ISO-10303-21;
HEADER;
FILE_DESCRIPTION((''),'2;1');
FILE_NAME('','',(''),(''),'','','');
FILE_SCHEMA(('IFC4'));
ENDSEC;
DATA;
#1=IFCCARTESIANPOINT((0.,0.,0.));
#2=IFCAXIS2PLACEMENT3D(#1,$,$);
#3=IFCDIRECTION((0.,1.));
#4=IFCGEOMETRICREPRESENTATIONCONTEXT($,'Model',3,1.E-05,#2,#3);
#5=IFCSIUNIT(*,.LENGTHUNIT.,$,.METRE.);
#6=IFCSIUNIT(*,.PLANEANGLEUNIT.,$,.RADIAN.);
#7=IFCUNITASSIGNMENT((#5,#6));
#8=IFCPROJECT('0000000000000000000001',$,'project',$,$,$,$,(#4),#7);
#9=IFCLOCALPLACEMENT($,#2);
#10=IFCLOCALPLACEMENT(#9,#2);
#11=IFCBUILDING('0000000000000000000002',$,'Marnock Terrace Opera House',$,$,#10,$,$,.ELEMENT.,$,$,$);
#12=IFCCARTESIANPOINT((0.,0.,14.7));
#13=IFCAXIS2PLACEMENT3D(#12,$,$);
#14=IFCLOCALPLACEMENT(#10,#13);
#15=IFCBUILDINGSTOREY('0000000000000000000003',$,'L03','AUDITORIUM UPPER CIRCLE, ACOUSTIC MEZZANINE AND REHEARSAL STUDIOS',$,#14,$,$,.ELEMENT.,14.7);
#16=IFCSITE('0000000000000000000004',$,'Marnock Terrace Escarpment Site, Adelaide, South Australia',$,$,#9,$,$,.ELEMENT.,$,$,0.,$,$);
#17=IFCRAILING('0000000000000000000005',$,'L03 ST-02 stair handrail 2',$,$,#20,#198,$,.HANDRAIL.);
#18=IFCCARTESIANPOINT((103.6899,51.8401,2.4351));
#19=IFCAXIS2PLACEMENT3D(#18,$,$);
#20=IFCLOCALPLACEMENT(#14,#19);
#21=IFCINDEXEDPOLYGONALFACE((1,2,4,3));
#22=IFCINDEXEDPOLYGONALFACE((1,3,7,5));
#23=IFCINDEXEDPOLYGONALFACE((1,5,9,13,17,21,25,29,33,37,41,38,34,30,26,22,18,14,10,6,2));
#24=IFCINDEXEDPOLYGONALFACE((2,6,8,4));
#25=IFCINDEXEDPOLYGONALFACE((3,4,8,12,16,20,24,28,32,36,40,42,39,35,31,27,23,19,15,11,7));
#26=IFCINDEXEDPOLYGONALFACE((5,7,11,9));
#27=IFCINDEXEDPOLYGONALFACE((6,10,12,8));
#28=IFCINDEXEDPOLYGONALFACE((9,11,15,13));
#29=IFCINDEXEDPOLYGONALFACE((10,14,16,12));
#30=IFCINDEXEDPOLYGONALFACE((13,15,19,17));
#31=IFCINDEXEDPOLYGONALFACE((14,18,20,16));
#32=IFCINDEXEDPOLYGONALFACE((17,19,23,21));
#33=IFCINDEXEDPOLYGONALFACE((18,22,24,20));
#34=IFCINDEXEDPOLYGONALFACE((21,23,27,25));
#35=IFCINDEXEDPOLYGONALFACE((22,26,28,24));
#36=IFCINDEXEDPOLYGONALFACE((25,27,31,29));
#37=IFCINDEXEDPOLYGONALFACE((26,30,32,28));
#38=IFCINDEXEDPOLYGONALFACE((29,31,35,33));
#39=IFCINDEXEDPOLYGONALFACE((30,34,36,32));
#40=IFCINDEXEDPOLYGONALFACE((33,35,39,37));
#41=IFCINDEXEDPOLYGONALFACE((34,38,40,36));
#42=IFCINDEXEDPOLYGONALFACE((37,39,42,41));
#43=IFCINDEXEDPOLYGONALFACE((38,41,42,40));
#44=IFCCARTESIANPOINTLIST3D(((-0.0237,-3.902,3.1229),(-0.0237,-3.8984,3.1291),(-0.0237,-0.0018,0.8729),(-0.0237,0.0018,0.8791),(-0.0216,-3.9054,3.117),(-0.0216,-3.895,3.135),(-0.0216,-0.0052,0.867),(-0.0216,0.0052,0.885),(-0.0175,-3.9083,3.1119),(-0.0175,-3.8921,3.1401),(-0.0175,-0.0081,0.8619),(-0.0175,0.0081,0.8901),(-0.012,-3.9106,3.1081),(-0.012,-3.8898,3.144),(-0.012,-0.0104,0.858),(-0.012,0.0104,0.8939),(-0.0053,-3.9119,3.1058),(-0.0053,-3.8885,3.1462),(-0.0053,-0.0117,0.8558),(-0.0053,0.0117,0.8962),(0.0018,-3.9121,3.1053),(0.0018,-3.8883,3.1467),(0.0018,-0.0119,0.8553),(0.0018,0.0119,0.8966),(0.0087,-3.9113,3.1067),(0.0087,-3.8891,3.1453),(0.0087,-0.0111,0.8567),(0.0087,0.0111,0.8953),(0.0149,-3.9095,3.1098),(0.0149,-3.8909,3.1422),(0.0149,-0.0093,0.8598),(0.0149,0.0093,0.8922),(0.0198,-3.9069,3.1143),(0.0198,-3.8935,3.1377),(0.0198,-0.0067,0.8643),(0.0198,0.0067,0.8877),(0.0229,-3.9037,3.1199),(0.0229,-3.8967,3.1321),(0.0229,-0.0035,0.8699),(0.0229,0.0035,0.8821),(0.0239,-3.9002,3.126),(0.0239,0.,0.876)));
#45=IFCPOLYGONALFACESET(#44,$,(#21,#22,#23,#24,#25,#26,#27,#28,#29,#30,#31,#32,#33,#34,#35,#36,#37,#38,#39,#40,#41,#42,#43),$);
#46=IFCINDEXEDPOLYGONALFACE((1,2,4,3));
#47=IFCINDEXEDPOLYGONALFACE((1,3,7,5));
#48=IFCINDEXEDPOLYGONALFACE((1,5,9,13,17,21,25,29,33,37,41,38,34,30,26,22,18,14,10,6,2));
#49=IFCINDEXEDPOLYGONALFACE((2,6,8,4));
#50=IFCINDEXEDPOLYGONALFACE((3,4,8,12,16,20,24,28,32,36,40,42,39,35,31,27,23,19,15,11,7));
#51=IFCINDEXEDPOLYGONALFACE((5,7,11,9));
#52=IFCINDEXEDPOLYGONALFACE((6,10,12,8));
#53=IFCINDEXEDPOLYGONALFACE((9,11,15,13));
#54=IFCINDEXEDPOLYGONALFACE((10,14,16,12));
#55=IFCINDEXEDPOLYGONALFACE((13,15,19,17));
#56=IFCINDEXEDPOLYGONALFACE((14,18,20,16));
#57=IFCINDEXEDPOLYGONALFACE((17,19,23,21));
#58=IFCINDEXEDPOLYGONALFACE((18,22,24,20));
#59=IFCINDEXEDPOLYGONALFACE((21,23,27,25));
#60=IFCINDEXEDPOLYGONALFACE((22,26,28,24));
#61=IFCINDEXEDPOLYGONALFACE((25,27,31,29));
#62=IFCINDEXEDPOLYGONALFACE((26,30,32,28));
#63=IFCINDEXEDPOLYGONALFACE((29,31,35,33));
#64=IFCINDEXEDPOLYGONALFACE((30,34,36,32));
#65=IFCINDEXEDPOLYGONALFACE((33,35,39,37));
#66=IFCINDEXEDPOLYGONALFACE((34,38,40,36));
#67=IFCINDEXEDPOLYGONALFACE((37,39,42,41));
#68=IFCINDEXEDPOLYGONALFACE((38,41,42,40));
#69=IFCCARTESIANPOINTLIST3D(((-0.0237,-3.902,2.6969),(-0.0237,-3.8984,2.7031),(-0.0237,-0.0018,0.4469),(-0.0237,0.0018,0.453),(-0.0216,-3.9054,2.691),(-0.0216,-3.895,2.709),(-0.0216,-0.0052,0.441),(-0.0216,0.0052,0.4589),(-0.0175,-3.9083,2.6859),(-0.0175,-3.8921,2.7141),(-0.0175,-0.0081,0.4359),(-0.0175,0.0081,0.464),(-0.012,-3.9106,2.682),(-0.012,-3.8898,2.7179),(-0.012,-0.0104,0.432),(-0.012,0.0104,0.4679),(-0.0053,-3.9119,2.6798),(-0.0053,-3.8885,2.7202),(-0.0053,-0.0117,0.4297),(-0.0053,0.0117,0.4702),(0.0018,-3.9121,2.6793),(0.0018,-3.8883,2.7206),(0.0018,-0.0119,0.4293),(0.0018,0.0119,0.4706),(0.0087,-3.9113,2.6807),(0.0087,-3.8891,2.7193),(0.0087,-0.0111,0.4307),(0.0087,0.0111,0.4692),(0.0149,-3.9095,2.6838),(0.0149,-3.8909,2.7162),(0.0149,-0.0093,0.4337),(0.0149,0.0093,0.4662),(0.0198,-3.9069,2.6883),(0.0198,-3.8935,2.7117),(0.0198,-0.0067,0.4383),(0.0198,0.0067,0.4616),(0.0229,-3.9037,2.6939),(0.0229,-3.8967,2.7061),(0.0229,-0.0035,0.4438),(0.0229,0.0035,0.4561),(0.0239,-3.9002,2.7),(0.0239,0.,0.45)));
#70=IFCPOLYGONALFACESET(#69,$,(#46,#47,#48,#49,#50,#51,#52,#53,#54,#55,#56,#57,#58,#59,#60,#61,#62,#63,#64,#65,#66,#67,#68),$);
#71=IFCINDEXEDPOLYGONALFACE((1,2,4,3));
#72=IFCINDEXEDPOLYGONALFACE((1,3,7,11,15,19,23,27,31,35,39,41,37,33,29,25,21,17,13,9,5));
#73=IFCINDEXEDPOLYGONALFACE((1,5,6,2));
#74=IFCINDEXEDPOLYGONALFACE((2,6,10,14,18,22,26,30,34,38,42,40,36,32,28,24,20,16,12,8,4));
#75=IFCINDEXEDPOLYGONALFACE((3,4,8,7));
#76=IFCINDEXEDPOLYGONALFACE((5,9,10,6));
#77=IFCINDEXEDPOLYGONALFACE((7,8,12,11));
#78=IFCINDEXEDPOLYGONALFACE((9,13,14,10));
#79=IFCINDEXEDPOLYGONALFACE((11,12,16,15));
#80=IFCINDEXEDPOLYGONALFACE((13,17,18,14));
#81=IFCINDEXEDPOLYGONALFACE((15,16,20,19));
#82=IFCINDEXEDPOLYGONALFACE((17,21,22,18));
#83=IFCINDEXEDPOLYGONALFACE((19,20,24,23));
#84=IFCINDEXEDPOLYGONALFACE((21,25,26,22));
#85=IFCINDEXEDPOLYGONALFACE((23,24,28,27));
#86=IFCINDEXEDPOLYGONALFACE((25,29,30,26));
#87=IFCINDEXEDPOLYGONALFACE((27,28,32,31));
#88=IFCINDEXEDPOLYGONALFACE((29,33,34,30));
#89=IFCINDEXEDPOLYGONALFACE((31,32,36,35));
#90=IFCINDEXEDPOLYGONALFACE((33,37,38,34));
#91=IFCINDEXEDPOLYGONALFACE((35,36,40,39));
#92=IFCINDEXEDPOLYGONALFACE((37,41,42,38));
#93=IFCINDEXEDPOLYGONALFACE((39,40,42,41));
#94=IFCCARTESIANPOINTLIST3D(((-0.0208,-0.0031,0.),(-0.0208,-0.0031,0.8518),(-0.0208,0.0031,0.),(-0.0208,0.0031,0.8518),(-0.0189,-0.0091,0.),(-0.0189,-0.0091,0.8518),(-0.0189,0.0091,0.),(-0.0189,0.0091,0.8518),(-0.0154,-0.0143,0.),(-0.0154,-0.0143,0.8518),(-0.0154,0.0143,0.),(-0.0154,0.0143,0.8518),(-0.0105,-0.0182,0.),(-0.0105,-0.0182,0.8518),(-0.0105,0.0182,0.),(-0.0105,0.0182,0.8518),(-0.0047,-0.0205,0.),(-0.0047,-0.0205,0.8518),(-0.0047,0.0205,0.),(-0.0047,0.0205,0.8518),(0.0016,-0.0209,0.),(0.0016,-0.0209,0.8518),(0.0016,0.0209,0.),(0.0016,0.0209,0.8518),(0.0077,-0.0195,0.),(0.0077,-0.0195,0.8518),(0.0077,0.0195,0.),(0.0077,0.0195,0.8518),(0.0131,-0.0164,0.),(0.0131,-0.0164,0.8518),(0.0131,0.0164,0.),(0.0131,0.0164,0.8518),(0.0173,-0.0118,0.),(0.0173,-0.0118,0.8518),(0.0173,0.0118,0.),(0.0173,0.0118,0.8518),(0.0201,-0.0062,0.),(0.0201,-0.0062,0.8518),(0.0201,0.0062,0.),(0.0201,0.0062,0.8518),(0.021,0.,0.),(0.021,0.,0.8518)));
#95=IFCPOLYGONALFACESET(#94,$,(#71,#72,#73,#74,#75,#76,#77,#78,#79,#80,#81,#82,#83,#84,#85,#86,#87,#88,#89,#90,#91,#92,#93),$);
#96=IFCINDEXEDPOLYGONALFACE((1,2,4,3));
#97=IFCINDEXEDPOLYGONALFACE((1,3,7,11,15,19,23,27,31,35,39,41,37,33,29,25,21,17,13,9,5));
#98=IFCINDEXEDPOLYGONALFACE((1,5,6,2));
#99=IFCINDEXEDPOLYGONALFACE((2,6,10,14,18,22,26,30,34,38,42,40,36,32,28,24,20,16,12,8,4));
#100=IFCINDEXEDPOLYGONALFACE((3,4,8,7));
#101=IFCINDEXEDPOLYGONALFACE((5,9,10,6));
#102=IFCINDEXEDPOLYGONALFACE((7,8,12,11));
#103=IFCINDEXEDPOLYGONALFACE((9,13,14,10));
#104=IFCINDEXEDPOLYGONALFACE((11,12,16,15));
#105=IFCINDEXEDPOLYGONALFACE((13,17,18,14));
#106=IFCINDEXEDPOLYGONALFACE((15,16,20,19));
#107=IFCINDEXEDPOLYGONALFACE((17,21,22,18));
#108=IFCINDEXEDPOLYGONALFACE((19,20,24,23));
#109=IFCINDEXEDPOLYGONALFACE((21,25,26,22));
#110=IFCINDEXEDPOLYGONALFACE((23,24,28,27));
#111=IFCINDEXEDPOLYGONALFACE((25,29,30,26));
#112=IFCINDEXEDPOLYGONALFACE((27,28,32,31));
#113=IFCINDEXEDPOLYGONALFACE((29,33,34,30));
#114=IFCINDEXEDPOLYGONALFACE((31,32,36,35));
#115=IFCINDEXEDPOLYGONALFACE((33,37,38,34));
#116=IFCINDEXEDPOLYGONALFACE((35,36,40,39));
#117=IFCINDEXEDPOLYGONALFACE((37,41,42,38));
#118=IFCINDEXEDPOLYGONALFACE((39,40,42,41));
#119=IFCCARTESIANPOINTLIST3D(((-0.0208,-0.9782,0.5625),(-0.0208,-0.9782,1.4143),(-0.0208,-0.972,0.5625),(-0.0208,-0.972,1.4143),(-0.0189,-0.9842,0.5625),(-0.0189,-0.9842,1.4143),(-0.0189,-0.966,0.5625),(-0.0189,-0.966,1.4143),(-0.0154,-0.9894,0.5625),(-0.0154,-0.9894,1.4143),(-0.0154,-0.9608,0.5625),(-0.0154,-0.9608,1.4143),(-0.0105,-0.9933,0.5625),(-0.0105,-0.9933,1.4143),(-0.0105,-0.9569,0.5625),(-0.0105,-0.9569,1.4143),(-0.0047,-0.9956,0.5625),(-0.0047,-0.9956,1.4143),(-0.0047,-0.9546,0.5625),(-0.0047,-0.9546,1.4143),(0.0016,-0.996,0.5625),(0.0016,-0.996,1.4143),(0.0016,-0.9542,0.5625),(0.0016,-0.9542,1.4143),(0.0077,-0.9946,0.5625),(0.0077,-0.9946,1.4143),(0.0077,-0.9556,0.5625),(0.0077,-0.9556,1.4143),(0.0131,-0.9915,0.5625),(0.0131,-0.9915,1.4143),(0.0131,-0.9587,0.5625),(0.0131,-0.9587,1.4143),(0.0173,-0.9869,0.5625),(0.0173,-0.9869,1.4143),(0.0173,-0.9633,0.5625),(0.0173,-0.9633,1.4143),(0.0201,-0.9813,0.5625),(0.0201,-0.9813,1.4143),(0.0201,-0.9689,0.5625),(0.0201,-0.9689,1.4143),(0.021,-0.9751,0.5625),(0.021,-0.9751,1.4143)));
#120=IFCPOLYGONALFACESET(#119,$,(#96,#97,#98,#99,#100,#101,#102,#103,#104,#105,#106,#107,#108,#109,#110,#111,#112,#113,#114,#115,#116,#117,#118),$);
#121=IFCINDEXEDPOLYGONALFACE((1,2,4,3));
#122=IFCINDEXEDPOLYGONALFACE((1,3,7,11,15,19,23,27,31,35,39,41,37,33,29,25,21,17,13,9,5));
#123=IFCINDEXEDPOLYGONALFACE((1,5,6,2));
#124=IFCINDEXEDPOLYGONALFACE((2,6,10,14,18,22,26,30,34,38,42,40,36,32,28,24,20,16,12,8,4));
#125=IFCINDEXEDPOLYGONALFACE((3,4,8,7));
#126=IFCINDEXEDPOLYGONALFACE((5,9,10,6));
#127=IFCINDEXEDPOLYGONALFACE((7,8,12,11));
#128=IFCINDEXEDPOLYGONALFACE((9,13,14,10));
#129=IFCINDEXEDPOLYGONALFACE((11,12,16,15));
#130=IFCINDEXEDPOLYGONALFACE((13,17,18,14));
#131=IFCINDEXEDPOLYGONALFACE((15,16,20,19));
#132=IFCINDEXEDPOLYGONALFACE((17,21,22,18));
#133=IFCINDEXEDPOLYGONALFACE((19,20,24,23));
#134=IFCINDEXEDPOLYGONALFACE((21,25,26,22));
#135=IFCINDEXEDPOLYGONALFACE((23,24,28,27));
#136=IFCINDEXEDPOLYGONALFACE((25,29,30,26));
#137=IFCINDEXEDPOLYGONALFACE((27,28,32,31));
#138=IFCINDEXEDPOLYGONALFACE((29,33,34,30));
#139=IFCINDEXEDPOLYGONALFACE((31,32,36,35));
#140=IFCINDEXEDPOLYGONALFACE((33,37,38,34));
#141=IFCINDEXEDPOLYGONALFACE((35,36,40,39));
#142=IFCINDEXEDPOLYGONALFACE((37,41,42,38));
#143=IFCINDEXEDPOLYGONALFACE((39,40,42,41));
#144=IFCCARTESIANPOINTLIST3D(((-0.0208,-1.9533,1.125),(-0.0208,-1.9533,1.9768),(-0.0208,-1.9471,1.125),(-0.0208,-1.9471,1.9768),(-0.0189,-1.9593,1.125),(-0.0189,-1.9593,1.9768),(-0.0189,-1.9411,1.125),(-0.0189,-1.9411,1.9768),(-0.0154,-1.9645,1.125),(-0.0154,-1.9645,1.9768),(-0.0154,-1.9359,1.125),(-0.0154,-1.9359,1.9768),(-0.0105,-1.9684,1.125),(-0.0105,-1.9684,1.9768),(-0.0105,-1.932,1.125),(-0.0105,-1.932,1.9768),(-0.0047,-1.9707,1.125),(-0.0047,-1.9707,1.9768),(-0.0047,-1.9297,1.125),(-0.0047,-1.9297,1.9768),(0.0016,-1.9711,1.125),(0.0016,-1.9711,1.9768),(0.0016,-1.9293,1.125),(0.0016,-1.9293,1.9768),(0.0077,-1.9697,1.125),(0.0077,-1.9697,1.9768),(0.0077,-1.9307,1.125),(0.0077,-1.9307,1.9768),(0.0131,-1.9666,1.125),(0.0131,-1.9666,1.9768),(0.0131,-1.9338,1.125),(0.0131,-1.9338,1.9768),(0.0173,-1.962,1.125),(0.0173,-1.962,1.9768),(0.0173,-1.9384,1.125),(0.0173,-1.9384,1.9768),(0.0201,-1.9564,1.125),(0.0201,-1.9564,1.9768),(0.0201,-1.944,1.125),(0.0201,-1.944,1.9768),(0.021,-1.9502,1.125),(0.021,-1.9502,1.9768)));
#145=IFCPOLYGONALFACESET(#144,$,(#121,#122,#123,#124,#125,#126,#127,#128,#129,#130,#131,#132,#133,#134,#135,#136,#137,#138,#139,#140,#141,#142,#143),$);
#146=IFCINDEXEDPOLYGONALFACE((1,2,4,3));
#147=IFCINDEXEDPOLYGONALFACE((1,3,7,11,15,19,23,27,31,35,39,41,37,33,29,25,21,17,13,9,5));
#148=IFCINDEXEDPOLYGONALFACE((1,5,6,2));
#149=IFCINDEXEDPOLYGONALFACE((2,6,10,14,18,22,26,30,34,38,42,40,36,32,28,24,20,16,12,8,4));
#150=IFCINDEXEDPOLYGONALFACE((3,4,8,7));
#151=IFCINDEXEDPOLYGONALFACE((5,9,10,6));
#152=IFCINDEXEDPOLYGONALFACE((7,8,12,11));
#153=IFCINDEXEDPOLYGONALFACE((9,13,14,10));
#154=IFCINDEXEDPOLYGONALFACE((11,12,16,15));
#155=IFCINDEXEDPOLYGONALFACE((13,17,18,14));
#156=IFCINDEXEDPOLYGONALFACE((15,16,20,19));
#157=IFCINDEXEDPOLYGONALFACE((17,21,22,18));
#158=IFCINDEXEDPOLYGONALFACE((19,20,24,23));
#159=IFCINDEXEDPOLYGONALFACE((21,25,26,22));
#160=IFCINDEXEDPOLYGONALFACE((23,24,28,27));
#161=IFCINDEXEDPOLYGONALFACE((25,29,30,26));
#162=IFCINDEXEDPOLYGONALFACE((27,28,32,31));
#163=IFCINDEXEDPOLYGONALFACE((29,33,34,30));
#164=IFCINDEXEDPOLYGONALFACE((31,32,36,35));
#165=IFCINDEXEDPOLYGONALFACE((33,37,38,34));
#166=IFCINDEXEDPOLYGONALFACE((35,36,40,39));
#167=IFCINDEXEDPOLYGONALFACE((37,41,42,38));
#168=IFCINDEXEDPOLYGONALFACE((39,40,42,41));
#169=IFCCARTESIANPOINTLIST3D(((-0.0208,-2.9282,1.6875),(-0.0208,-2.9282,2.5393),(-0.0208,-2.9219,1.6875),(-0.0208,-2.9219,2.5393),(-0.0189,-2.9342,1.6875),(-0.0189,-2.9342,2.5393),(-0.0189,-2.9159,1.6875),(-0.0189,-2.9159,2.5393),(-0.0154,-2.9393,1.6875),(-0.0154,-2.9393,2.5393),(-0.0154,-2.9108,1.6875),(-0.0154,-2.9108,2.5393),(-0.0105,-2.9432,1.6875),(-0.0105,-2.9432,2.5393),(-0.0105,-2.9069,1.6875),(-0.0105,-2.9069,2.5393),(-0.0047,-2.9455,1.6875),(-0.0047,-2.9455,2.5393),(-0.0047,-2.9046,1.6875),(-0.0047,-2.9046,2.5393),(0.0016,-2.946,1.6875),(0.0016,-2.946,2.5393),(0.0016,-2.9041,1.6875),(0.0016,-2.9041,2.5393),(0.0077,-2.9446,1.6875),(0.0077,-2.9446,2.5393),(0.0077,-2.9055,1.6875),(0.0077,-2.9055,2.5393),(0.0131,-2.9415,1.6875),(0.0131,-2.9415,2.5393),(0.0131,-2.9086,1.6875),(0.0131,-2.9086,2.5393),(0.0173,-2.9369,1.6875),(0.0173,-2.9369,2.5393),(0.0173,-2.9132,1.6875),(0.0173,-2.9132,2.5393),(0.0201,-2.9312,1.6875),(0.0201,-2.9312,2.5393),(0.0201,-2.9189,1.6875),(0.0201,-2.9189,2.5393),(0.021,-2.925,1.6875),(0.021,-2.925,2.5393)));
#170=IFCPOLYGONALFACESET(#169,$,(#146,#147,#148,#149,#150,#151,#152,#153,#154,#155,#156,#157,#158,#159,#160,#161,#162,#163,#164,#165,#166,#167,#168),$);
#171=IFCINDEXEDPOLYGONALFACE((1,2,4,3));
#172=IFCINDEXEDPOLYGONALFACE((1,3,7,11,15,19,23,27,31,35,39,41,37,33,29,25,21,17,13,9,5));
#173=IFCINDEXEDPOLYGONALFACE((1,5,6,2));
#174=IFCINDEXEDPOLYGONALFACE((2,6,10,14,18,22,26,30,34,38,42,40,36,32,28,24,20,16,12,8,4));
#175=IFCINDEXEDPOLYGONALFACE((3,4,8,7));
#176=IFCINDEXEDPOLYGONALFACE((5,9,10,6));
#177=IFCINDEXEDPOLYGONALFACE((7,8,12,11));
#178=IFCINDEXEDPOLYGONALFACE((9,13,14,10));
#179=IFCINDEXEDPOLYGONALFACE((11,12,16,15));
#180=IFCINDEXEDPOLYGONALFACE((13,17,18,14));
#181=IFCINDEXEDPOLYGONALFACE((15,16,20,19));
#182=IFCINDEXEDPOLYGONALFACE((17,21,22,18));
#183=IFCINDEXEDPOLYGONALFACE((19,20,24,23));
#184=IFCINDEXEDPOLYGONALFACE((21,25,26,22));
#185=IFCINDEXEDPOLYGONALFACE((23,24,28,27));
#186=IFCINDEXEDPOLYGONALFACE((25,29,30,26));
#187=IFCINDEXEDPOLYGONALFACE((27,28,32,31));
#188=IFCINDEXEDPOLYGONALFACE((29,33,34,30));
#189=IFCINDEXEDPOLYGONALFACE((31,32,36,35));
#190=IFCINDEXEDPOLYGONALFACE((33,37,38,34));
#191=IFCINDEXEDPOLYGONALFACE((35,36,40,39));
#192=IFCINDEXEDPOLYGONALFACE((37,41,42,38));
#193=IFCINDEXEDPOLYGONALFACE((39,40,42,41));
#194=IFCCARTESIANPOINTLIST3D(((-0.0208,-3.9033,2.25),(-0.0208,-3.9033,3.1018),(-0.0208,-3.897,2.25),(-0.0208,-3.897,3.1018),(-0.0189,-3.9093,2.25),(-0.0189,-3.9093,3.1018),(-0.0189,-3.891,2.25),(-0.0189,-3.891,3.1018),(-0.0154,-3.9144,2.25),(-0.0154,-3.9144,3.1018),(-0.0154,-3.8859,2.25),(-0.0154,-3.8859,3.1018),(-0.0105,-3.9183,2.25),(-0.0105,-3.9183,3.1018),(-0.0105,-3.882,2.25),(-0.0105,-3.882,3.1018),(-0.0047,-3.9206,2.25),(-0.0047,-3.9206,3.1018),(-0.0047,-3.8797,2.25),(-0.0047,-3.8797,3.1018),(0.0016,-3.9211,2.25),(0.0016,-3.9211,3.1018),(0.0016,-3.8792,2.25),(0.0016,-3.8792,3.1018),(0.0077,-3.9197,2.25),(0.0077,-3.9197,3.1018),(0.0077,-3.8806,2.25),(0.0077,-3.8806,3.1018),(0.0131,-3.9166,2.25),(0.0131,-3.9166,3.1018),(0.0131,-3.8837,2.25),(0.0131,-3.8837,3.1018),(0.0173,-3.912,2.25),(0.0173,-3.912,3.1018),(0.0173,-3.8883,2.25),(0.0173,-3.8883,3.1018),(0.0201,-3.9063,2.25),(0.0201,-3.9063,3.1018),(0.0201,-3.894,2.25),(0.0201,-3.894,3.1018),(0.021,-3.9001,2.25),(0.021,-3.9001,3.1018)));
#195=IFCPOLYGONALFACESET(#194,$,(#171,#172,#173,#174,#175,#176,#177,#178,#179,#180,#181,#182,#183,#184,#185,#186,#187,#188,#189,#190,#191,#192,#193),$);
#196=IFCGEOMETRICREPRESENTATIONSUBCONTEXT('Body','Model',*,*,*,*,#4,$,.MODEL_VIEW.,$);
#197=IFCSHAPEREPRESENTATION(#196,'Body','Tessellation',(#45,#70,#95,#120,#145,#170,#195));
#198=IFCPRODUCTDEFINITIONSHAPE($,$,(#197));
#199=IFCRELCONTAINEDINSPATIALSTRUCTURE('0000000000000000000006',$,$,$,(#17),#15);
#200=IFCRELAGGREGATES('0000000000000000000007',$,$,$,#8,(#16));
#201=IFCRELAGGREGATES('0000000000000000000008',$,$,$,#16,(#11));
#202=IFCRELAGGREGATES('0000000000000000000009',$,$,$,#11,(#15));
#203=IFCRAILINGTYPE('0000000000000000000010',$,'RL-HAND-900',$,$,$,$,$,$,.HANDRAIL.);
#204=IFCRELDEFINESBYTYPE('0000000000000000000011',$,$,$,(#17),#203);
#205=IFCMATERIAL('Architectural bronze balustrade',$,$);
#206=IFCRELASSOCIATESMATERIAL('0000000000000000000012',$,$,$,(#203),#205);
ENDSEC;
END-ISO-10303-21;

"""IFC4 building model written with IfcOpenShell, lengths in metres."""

from ifc_helpers import new_model, si_unit, direction, frame, origin, origin_2d, place, context, subcontext, project, spatial, circle, extrude, material, type_object, element, save


model = new_model("IFC4")

# Units and contexts
model_context = context("Model", 3, precision=1e-05, world=origin(), true_north=direction((0.0, 1.0)))
body_context = subcontext(model_context, "Body", "Model", "MODEL_VIEW")
ifc_project = project(units=[si_unit("LENGTHUNIT", "METRE"), si_unit("PLANEANGLEUNIT", "RADIAN")], contexts=[model_context])

# Site, building, storey
site_placement = place(None, origin())
site = spatial("IfcSite", under=ifc_project, at=site_placement, Name="Marnock Terrace Escarpment Site, Adelaide, South Australia", CompositionType="ELEMENT", RefElevation=0.0)
building_placement = place(site_placement, origin())
building = spatial("IfcBuilding", under=site, at=building_placement, Name="Marnock Terrace Opera House", CompositionType="ELEMENT")
storey_placement = place(building_placement, frame((0.0, 0.0, 14.7)))
storey = spatial("IfcBuildingStorey", under=building, at=storey_placement, Name="L03", Description="AUDITORIUM UPPER CIRCLE, ACOUSTIC MEZZANINE AND REHEARSAL STUDIOS", CompositionType="ELEMENT", Elevation=14.7)

# Railing
ifc_material_1 = material(Name="Architectural bronze balustrade")
railing_type_1 = type_object("IfcRailingType", Name="RL-HAND-900", PredefinedType="HANDRAIL", material=ifc_material_1)
railing_1_placement = place(storey_placement, frame((103.6899, 51.8401, 2.4351)))
element("IfcRailing", 1, at=railing_1_placement, inside=storey, type_object=railing_type_1, Name="L03 ST-02 stair handrail 2", PredefinedType="HANDRAIL", context=body_context, shape_type="SweptSolid", body=[
    extrude(circle(Radius=0.0239, at=origin_2d()), frame((0.0, 0.0, 0.876), z_axis=(0.0, -0.866194, 0.499708), x_axis=(1.0, 0.0, 0.0)), (0.0, 0.0, 1.0), 4.5027),
    extrude(circle(Radius=0.0239, at=origin_2d()), frame((0.0, 0.0, 0.45), z_axis=(0.0, -0.866194, 0.499708), x_axis=(1.0, 0.0, 0.0)), (0.0, 0.0, 1.0), 4.5027),
    extrude(circle(Radius=0.021, at=origin_2d()), origin(), (0.0, 0.0, 1.0), 0.8518),
    extrude(circle(Radius=0.021, at=origin_2d()), frame((0.0, -0.9751, 0.5625)), (0.0, 0.0, 1.0), 0.8518),
    extrude(circle(Radius=0.021, at=origin_2d()), frame((0.0, -1.9502, 1.125)), (0.0, 0.0, 1.0), 0.8518),
    extrude(circle(Radius=0.021, at=origin_2d()), frame((0.0, -2.925, 1.6875)), (0.0, 0.0, 1.0), 0.8518),
    extrude(circle(Radius=0.021, at=origin_2d()), frame((0.0, -3.9001, 2.25)), (0.0, 0.0, 1.0), 0.8518),
])

save(model, "model.ifc")
